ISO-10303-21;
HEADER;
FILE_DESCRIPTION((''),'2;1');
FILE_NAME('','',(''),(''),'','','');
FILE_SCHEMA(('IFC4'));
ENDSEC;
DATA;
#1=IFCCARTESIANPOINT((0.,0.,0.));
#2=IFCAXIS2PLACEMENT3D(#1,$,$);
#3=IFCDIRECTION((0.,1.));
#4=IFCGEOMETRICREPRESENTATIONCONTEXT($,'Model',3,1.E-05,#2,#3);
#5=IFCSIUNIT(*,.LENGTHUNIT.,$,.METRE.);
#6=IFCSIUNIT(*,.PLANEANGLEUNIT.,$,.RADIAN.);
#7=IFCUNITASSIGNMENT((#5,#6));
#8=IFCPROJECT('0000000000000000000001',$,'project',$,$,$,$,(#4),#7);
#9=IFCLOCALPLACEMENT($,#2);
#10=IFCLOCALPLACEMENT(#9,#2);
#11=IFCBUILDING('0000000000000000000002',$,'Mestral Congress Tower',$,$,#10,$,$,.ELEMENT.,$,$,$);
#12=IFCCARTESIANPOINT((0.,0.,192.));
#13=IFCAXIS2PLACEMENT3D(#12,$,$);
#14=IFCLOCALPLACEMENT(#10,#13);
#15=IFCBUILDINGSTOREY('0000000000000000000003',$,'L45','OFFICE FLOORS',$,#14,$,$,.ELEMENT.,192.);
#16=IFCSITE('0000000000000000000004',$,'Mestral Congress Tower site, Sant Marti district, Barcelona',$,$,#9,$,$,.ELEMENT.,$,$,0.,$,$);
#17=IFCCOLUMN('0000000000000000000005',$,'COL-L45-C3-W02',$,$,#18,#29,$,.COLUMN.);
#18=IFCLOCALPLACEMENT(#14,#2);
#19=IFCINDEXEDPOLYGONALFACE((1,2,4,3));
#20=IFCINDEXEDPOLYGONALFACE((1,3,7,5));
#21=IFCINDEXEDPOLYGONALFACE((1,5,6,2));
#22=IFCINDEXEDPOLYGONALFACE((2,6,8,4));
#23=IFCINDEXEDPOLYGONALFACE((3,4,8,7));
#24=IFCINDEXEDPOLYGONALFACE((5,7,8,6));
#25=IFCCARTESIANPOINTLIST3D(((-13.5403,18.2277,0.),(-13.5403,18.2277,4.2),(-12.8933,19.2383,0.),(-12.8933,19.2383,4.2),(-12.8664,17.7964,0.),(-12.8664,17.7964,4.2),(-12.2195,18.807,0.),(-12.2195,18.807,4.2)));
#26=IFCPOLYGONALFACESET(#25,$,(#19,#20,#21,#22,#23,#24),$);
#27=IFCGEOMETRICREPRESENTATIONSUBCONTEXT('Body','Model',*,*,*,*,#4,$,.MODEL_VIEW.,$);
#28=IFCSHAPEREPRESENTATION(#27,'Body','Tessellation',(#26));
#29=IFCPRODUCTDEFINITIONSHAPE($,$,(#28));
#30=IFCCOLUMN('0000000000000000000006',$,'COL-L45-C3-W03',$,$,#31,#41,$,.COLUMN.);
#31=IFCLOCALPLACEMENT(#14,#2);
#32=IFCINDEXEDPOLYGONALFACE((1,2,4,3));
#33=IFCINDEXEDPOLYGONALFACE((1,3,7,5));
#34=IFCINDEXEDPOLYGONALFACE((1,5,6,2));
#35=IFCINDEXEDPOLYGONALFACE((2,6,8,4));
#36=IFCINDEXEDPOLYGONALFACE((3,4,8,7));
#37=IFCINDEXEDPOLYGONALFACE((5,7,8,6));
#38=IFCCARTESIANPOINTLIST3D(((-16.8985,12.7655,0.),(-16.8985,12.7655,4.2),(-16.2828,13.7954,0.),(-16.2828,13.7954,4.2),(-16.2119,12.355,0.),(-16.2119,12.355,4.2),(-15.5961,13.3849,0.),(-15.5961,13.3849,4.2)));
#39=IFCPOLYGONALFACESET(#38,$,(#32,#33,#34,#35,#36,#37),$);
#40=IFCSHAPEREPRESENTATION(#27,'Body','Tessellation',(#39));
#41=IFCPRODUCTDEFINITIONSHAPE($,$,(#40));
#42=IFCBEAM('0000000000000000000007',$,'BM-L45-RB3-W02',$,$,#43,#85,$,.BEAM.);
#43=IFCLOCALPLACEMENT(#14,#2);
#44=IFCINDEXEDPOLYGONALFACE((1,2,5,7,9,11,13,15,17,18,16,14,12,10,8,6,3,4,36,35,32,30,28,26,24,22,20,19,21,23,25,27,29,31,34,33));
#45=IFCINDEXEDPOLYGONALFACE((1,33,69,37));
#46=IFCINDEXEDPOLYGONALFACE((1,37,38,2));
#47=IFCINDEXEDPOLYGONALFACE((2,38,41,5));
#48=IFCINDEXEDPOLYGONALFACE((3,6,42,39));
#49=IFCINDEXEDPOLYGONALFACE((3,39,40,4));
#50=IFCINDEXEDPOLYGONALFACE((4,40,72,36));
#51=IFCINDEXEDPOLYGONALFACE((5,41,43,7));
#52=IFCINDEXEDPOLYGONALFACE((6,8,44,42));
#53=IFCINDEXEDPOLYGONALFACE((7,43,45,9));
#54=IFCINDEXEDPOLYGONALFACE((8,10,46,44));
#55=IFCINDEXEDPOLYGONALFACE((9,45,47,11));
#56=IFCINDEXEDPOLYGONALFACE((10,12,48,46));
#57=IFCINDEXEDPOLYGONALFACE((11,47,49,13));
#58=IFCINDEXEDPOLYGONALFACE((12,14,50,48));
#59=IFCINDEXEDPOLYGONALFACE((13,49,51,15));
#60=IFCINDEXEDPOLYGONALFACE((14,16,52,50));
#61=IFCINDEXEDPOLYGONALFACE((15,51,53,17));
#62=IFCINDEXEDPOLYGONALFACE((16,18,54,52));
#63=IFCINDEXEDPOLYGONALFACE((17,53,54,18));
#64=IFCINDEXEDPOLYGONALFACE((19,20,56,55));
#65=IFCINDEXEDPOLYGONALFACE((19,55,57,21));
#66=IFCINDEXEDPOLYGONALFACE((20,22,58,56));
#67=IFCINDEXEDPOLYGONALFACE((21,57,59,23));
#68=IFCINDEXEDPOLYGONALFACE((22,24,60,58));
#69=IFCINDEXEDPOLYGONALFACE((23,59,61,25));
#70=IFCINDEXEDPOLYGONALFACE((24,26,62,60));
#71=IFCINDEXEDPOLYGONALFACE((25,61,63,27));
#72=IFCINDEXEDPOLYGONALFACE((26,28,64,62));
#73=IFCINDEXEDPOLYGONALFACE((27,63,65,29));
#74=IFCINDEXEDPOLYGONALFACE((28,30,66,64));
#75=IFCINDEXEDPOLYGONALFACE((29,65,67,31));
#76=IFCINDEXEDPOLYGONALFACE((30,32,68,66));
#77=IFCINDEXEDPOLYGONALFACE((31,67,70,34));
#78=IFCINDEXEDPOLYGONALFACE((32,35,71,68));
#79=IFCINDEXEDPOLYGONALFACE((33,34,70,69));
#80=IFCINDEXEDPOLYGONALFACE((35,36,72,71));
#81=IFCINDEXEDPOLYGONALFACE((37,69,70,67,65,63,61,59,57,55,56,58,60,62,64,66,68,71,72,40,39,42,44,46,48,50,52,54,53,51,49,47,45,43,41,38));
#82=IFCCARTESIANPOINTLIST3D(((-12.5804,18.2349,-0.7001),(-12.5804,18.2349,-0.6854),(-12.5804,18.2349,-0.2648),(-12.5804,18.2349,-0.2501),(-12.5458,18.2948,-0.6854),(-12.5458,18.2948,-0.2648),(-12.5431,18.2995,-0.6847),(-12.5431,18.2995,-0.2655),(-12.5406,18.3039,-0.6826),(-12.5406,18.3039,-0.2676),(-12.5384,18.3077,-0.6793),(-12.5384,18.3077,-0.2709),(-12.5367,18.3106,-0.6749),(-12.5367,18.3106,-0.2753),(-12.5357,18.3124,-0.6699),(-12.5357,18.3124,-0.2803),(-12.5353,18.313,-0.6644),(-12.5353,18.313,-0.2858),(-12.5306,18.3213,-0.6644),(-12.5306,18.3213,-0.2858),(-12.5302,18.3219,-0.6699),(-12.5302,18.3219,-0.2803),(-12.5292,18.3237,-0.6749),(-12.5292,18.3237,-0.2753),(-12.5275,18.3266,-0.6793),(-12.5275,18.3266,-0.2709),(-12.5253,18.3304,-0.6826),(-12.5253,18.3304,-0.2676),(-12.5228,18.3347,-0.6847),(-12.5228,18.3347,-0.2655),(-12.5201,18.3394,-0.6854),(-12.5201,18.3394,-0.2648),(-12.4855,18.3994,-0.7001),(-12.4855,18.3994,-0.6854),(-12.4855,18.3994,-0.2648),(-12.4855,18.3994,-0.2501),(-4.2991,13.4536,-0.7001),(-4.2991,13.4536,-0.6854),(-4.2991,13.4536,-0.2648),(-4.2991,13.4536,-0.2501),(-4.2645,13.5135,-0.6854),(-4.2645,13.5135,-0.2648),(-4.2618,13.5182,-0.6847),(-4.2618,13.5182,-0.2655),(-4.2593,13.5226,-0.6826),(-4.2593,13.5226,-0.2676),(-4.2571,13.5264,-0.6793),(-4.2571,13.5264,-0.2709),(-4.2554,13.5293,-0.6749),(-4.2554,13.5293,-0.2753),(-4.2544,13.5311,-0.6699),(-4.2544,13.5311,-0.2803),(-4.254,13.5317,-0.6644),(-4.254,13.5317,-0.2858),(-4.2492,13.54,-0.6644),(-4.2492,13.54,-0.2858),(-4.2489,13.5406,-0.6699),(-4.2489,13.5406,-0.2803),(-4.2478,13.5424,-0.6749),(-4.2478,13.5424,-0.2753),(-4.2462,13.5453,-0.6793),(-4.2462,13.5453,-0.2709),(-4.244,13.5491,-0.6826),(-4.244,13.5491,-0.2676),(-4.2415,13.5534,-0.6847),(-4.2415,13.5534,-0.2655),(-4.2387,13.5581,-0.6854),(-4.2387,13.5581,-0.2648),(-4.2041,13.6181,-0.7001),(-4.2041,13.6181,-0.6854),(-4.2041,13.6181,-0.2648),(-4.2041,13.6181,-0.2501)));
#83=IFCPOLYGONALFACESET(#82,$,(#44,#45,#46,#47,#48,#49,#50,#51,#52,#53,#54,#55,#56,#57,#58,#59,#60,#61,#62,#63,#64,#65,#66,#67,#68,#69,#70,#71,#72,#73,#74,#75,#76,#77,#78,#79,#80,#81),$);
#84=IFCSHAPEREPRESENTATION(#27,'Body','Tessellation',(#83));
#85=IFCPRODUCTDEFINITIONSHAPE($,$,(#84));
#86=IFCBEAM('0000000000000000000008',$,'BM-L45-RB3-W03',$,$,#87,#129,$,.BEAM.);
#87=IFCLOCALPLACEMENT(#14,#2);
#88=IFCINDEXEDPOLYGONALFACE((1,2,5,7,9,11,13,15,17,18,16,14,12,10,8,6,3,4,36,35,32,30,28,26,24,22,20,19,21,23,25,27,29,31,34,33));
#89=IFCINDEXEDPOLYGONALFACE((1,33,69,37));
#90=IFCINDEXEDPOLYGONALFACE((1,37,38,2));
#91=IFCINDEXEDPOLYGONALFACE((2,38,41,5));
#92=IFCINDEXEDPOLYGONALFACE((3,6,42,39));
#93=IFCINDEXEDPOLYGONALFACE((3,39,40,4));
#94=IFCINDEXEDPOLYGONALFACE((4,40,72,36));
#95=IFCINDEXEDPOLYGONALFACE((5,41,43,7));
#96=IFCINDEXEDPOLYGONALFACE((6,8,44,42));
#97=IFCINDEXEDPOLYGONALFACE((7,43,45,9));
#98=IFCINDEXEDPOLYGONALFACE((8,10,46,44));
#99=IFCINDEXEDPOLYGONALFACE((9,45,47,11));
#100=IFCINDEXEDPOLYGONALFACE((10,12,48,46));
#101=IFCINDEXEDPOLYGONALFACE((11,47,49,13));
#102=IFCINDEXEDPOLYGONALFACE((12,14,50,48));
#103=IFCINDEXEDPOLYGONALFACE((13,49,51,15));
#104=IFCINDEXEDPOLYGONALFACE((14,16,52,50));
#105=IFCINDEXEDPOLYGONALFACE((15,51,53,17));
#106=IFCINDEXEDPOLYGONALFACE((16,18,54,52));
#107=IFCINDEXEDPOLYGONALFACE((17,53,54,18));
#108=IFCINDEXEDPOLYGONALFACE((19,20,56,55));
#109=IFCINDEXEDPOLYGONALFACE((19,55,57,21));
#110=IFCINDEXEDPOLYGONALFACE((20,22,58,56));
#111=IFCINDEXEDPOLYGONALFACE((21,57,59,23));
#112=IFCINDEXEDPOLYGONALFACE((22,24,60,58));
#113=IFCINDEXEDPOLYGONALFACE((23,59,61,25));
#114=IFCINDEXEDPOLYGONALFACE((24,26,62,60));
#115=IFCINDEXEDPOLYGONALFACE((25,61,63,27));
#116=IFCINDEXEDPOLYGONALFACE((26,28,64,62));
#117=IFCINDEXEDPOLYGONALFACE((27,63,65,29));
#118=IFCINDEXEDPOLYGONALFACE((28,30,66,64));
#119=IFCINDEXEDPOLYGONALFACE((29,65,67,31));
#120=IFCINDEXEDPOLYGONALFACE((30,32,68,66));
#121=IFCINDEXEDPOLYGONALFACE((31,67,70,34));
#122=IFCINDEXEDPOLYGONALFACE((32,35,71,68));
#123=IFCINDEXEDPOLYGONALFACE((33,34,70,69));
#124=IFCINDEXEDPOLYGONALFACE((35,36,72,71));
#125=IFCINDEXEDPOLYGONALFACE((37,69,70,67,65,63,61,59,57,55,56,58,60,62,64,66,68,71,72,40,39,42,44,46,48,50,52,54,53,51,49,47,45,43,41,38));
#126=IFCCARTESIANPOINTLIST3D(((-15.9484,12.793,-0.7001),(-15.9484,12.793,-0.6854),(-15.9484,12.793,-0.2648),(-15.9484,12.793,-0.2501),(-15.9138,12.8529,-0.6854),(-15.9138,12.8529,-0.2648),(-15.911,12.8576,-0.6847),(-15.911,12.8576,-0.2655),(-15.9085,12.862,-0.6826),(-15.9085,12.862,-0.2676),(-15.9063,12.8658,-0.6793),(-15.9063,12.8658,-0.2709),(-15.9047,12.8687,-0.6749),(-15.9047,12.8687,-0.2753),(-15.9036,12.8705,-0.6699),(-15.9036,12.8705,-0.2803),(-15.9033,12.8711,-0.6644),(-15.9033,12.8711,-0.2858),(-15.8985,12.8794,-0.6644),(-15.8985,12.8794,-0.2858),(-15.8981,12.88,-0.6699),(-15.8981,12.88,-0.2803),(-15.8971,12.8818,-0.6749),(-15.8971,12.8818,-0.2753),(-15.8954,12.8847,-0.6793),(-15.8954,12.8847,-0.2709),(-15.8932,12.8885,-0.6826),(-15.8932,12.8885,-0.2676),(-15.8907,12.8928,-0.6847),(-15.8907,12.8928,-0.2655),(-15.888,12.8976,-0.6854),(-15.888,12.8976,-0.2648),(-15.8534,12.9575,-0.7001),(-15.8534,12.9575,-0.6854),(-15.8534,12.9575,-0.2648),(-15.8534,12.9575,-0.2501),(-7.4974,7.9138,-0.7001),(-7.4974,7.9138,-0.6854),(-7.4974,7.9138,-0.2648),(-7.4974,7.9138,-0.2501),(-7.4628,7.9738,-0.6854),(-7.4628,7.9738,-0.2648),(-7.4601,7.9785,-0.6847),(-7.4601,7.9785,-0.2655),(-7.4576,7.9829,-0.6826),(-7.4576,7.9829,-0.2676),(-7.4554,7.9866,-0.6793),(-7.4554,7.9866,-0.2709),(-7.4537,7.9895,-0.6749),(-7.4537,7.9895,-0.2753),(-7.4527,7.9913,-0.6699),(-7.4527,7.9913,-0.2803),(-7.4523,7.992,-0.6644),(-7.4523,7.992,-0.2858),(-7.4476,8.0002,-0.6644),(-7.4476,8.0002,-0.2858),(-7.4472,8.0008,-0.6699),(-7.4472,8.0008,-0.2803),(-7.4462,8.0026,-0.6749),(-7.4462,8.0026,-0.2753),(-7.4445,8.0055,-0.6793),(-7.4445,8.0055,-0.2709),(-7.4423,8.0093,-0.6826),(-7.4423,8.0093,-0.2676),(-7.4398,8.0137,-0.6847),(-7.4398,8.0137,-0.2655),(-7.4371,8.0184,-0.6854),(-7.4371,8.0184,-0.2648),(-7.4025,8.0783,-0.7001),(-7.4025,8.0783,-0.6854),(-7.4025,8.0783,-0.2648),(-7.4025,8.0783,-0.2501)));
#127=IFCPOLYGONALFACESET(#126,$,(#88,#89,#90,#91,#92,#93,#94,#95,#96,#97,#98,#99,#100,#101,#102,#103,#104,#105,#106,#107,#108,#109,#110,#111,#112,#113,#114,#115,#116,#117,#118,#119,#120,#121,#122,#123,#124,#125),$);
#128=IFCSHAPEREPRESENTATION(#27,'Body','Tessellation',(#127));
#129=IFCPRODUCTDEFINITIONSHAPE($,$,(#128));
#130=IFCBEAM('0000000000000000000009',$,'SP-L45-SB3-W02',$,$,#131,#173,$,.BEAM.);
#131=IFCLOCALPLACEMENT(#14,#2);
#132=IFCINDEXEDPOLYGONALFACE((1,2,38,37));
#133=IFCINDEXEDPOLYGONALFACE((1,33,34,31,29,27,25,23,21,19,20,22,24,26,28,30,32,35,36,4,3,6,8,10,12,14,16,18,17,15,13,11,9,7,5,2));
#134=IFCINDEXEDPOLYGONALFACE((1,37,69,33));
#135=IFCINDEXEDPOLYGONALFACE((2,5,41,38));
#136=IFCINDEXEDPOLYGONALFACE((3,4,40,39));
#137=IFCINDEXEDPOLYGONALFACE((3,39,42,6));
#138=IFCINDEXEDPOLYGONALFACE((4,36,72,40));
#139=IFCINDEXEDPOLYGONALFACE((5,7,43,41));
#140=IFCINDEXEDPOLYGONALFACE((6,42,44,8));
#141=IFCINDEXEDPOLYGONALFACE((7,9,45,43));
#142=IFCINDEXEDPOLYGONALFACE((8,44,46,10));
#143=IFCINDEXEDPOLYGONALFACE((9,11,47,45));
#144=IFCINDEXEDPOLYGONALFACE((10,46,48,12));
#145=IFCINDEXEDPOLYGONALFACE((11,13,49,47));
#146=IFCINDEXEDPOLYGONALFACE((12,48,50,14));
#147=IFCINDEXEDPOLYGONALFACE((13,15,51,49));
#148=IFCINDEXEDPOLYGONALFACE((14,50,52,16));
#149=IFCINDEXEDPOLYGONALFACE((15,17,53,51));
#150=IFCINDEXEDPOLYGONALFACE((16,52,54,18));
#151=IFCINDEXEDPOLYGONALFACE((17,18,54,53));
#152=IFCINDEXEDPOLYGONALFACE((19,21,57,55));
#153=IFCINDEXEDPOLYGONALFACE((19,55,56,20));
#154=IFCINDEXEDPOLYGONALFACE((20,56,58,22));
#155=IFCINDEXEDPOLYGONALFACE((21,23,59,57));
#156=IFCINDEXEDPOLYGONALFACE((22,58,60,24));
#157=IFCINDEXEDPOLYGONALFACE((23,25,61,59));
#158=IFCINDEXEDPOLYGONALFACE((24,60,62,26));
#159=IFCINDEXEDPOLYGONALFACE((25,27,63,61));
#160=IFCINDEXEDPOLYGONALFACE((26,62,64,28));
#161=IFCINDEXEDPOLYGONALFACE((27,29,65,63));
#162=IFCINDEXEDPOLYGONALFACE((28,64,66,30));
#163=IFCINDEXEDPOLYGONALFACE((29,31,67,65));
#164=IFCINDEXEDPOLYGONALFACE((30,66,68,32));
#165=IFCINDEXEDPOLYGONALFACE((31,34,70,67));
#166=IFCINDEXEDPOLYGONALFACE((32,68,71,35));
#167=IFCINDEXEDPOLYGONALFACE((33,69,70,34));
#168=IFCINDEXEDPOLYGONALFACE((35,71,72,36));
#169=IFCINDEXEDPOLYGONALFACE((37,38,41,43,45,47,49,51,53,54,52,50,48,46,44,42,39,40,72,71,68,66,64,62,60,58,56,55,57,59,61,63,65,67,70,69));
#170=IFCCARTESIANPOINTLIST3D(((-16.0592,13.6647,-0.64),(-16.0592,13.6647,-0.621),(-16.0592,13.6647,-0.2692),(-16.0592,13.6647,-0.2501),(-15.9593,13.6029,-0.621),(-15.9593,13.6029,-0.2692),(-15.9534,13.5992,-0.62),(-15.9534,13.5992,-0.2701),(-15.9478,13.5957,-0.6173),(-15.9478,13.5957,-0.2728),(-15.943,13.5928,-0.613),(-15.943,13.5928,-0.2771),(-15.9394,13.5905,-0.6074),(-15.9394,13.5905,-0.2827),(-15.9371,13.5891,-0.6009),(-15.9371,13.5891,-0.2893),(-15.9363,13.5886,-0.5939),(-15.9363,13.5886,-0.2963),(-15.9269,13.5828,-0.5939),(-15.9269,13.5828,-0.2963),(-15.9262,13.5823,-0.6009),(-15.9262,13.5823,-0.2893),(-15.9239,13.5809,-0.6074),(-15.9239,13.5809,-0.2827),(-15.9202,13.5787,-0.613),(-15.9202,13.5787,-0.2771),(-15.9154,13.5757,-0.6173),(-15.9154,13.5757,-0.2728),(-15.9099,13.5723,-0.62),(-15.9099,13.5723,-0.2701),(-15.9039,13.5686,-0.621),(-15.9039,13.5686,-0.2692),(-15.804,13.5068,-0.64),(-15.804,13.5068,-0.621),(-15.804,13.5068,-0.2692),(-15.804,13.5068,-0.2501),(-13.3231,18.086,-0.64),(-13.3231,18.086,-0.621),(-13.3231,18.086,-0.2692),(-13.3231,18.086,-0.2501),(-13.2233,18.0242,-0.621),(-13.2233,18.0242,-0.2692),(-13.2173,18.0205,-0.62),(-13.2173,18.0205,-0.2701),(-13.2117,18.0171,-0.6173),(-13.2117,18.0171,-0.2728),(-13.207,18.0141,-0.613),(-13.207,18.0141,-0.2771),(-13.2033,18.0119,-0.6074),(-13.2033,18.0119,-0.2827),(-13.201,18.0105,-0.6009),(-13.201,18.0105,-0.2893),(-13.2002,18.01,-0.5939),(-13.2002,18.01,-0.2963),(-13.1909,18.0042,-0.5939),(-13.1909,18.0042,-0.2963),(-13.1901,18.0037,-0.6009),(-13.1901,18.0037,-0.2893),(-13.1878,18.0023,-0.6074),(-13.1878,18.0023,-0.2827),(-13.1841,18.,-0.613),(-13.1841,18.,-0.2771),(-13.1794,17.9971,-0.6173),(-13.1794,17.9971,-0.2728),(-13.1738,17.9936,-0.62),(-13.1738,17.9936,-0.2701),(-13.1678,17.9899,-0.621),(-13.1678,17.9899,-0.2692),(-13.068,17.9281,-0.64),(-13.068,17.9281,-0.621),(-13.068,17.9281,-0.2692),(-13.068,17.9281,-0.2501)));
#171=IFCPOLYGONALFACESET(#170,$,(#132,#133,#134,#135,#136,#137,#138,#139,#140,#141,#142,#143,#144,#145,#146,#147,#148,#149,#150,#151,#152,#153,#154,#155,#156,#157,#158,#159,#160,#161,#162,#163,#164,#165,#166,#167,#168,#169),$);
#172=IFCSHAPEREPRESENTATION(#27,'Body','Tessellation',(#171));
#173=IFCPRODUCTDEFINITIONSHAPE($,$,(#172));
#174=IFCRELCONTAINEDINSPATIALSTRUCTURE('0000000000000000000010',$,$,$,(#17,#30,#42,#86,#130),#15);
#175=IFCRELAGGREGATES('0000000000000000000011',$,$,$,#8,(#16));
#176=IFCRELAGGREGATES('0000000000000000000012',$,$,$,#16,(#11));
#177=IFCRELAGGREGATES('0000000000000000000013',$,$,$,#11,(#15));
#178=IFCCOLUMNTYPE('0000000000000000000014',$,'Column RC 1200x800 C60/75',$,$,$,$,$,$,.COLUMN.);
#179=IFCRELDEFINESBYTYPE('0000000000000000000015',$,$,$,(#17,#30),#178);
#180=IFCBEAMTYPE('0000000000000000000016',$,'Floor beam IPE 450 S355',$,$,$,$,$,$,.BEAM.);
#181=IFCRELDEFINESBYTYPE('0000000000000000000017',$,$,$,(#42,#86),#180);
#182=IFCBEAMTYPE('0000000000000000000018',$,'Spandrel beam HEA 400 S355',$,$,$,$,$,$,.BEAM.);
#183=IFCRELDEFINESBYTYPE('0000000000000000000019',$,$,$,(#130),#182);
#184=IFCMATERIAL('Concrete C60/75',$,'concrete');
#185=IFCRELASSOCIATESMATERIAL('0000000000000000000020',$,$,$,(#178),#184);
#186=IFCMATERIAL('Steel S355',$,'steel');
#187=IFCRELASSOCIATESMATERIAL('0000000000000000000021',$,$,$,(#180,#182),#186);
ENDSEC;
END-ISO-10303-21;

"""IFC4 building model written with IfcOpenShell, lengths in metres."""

from ifc_helpers import new_model, si_unit, direction, frame, origin, origin_2d, place, context, subcontext, project, spatial, rectangle, i_section, extrude, material, material_profile, profile_set, type_object, element, save


model = new_model("IFC4")

# Units and contexts
model_context = context("Model", 3, precision=1e-05, world=origin(), true_north=direction((0.0, 1.0)))
body_context = subcontext(model_context, "Body", "Model", "MODEL_VIEW")
ifc_project = project(units=[si_unit("LENGTHUNIT", "METRE"), si_unit("PLANEANGLEUNIT", "RADIAN")], contexts=[model_context])

# Site, building, storey
site_placement = place(None, origin())
site = spatial("IfcSite", under=ifc_project, at=site_placement, Name="Mestral Congress Tower site, Sant Marti district, Barcelona", CompositionType="ELEMENT", RefElevation=0.0)
building_placement = place(site_placement, origin())
building = spatial("IfcBuilding", under=site, at=building_placement, Name="Mestral Congress Tower", CompositionType="ELEMENT")
storey_placement = place(building_placement, frame((0.0, 0.0, 192.0)))
storey = spatial("IfcBuildingStorey", under=building, at=storey_placement, Name="L45", Description="OFFICE FLOORS", CompositionType="ELEMENT", Elevation=192.0)

# Columns
ifc_material_1 = material(Name="Concrete C60/75", Category="concrete")
ifc_material_profile_1 = material_profile(ifc_material_1, rectangle(XDim=1.2, YDim=0.8, at=origin_2d()), Name="RC 1200x800")
ifc_profile_set_1 = profile_set([ifc_material_profile_1], Name="Concrete C60/75")
column_type = type_object("IfcColumnType", Name="Column RC 1200x800 C60/75", PredefinedType="COLUMN", material=ifc_profile_set_1)
for number, where, z_axis, x_axis, name in (
    (1, (-12.8799, 18.5173, 0.0), (0.0, 0.0, 1.0), (-0.539115, -0.842232, 0.0), "COL-L45-C3-W02"),
    (2, (-16.2473, 13.0752, 0.0), (0.0, 0.0, 1.0), (-0.513159, -0.858293, 0.0), "COL-L45-C3-W03"),
):
    element("IfcColumn", number, at=place(storey_placement, frame(where, z_axis=z_axis, x_axis=x_axis)), inside=storey, type_object=column_type, Name=name, PredefinedType="COLUMN", context=body_context, shape_type="SweptSolid", body=[
        extrude(rectangle(XDim=1.2, YDim=0.8, at=origin_2d()), origin(), (0.0, 0.0, 1.0), 4.2),
    ])

# Beams
ifc_material_2 = material(Name="Steel S355", Category="steel")
ifc_material_profile_2 = material_profile(ifc_material_2, i_section(OverallWidth=0.1899, OverallDepth=0.45, WebThickness=0.0095, FlangeThickness=0.0146, FilletRadius=0.021, at=origin_2d()), Name="IPE 450")
ifc_profile_set_2 = profile_set([ifc_material_profile_2], Name="Steel S355")
beam_type_1 = type_object("IfcBeamType", Name="Floor beam IPE 450 S355", PredefinedType="BEAM", material=ifc_profile_set_2)
beam_1_placement = place(storey_placement, frame((-12.533, 18.3171, -0.4751), z_axis=(0.866022, -0.500005, 0.0), x_axis=(0.500005, 0.866022, 0.0)))
element("IfcBeam", 3, at=beam_1_placement, inside=storey, type_object=beam_type_1, Name="BM-L45-RB3-W02", PredefinedType="BEAM", context=body_context, shape_type="SweptSolid", body=[
    extrude(i_section(OverallWidth=0.1899, OverallDepth=0.45, WebThickness=0.0095, FlangeThickness=0.0146, FilletRadius=0.021, at=origin_2d()), origin(), (0.0, 0.0, 1.0), 9.5625),
])
beam_2_placement = place(storey_placement, frame((-15.9009, 12.8752, -0.4751), z_axis=(0.866025, -0.5, 0.0), x_axis=(0.5, 0.866025, 0.0)))
element("IfcBeam", 4, at=beam_2_placement, inside=storey, type_object=beam_type_1, Name="BM-L45-RB3-W03", PredefinedType="BEAM", context=body_context, shape_type="SweptSolid", body=[
    extrude(i_section(OverallWidth=0.1899, OverallDepth=0.45, WebThickness=0.0095, FlangeThickness=0.0146, FilletRadius=0.021, at=origin_2d()), origin(), (0.0, 0.0, 1.0), 9.7583),
])
ifc_material_profile_3 = material_profile(ifc_material_2, i_section(OverallWidth=0.3, OverallDepth=0.3899, WebThickness=0.011, FlangeThickness=0.019, FilletRadius=0.0271, at=origin_2d()), Name="HEA 400")
ifc_profile_set_3 = profile_set([ifc_material_profile_3], Name="Steel S355")
beam_type_2 = type_object("IfcBeamType", Name="Spandrel beam HEA 400 S355", PredefinedType="BEAM", material=ifc_profile_set_3)
beam_3_placement = place(storey_placement, frame((-13.1956, 18.0071, -0.4451), z_axis=(-0.52622, -0.850348, 0.0), x_axis=(0.850348, -0.52622, 0.0)))
element("IfcBeam", 5, at=beam_3_placement, inside=storey, type_object=beam_type_2, Name="SP-L45-SB3-W02", PredefinedType="BEAM", context=body_context, shape_type="SweptSolid", body=[
    extrude(i_section(OverallWidth=0.3, OverallDepth=0.3899, WebThickness=0.011, FlangeThickness=0.019, FilletRadius=0.0271, at=origin_2d()), origin(), (0.0, 0.0, 1.0), 5.1995),
])

save(model, "model.ifc")
